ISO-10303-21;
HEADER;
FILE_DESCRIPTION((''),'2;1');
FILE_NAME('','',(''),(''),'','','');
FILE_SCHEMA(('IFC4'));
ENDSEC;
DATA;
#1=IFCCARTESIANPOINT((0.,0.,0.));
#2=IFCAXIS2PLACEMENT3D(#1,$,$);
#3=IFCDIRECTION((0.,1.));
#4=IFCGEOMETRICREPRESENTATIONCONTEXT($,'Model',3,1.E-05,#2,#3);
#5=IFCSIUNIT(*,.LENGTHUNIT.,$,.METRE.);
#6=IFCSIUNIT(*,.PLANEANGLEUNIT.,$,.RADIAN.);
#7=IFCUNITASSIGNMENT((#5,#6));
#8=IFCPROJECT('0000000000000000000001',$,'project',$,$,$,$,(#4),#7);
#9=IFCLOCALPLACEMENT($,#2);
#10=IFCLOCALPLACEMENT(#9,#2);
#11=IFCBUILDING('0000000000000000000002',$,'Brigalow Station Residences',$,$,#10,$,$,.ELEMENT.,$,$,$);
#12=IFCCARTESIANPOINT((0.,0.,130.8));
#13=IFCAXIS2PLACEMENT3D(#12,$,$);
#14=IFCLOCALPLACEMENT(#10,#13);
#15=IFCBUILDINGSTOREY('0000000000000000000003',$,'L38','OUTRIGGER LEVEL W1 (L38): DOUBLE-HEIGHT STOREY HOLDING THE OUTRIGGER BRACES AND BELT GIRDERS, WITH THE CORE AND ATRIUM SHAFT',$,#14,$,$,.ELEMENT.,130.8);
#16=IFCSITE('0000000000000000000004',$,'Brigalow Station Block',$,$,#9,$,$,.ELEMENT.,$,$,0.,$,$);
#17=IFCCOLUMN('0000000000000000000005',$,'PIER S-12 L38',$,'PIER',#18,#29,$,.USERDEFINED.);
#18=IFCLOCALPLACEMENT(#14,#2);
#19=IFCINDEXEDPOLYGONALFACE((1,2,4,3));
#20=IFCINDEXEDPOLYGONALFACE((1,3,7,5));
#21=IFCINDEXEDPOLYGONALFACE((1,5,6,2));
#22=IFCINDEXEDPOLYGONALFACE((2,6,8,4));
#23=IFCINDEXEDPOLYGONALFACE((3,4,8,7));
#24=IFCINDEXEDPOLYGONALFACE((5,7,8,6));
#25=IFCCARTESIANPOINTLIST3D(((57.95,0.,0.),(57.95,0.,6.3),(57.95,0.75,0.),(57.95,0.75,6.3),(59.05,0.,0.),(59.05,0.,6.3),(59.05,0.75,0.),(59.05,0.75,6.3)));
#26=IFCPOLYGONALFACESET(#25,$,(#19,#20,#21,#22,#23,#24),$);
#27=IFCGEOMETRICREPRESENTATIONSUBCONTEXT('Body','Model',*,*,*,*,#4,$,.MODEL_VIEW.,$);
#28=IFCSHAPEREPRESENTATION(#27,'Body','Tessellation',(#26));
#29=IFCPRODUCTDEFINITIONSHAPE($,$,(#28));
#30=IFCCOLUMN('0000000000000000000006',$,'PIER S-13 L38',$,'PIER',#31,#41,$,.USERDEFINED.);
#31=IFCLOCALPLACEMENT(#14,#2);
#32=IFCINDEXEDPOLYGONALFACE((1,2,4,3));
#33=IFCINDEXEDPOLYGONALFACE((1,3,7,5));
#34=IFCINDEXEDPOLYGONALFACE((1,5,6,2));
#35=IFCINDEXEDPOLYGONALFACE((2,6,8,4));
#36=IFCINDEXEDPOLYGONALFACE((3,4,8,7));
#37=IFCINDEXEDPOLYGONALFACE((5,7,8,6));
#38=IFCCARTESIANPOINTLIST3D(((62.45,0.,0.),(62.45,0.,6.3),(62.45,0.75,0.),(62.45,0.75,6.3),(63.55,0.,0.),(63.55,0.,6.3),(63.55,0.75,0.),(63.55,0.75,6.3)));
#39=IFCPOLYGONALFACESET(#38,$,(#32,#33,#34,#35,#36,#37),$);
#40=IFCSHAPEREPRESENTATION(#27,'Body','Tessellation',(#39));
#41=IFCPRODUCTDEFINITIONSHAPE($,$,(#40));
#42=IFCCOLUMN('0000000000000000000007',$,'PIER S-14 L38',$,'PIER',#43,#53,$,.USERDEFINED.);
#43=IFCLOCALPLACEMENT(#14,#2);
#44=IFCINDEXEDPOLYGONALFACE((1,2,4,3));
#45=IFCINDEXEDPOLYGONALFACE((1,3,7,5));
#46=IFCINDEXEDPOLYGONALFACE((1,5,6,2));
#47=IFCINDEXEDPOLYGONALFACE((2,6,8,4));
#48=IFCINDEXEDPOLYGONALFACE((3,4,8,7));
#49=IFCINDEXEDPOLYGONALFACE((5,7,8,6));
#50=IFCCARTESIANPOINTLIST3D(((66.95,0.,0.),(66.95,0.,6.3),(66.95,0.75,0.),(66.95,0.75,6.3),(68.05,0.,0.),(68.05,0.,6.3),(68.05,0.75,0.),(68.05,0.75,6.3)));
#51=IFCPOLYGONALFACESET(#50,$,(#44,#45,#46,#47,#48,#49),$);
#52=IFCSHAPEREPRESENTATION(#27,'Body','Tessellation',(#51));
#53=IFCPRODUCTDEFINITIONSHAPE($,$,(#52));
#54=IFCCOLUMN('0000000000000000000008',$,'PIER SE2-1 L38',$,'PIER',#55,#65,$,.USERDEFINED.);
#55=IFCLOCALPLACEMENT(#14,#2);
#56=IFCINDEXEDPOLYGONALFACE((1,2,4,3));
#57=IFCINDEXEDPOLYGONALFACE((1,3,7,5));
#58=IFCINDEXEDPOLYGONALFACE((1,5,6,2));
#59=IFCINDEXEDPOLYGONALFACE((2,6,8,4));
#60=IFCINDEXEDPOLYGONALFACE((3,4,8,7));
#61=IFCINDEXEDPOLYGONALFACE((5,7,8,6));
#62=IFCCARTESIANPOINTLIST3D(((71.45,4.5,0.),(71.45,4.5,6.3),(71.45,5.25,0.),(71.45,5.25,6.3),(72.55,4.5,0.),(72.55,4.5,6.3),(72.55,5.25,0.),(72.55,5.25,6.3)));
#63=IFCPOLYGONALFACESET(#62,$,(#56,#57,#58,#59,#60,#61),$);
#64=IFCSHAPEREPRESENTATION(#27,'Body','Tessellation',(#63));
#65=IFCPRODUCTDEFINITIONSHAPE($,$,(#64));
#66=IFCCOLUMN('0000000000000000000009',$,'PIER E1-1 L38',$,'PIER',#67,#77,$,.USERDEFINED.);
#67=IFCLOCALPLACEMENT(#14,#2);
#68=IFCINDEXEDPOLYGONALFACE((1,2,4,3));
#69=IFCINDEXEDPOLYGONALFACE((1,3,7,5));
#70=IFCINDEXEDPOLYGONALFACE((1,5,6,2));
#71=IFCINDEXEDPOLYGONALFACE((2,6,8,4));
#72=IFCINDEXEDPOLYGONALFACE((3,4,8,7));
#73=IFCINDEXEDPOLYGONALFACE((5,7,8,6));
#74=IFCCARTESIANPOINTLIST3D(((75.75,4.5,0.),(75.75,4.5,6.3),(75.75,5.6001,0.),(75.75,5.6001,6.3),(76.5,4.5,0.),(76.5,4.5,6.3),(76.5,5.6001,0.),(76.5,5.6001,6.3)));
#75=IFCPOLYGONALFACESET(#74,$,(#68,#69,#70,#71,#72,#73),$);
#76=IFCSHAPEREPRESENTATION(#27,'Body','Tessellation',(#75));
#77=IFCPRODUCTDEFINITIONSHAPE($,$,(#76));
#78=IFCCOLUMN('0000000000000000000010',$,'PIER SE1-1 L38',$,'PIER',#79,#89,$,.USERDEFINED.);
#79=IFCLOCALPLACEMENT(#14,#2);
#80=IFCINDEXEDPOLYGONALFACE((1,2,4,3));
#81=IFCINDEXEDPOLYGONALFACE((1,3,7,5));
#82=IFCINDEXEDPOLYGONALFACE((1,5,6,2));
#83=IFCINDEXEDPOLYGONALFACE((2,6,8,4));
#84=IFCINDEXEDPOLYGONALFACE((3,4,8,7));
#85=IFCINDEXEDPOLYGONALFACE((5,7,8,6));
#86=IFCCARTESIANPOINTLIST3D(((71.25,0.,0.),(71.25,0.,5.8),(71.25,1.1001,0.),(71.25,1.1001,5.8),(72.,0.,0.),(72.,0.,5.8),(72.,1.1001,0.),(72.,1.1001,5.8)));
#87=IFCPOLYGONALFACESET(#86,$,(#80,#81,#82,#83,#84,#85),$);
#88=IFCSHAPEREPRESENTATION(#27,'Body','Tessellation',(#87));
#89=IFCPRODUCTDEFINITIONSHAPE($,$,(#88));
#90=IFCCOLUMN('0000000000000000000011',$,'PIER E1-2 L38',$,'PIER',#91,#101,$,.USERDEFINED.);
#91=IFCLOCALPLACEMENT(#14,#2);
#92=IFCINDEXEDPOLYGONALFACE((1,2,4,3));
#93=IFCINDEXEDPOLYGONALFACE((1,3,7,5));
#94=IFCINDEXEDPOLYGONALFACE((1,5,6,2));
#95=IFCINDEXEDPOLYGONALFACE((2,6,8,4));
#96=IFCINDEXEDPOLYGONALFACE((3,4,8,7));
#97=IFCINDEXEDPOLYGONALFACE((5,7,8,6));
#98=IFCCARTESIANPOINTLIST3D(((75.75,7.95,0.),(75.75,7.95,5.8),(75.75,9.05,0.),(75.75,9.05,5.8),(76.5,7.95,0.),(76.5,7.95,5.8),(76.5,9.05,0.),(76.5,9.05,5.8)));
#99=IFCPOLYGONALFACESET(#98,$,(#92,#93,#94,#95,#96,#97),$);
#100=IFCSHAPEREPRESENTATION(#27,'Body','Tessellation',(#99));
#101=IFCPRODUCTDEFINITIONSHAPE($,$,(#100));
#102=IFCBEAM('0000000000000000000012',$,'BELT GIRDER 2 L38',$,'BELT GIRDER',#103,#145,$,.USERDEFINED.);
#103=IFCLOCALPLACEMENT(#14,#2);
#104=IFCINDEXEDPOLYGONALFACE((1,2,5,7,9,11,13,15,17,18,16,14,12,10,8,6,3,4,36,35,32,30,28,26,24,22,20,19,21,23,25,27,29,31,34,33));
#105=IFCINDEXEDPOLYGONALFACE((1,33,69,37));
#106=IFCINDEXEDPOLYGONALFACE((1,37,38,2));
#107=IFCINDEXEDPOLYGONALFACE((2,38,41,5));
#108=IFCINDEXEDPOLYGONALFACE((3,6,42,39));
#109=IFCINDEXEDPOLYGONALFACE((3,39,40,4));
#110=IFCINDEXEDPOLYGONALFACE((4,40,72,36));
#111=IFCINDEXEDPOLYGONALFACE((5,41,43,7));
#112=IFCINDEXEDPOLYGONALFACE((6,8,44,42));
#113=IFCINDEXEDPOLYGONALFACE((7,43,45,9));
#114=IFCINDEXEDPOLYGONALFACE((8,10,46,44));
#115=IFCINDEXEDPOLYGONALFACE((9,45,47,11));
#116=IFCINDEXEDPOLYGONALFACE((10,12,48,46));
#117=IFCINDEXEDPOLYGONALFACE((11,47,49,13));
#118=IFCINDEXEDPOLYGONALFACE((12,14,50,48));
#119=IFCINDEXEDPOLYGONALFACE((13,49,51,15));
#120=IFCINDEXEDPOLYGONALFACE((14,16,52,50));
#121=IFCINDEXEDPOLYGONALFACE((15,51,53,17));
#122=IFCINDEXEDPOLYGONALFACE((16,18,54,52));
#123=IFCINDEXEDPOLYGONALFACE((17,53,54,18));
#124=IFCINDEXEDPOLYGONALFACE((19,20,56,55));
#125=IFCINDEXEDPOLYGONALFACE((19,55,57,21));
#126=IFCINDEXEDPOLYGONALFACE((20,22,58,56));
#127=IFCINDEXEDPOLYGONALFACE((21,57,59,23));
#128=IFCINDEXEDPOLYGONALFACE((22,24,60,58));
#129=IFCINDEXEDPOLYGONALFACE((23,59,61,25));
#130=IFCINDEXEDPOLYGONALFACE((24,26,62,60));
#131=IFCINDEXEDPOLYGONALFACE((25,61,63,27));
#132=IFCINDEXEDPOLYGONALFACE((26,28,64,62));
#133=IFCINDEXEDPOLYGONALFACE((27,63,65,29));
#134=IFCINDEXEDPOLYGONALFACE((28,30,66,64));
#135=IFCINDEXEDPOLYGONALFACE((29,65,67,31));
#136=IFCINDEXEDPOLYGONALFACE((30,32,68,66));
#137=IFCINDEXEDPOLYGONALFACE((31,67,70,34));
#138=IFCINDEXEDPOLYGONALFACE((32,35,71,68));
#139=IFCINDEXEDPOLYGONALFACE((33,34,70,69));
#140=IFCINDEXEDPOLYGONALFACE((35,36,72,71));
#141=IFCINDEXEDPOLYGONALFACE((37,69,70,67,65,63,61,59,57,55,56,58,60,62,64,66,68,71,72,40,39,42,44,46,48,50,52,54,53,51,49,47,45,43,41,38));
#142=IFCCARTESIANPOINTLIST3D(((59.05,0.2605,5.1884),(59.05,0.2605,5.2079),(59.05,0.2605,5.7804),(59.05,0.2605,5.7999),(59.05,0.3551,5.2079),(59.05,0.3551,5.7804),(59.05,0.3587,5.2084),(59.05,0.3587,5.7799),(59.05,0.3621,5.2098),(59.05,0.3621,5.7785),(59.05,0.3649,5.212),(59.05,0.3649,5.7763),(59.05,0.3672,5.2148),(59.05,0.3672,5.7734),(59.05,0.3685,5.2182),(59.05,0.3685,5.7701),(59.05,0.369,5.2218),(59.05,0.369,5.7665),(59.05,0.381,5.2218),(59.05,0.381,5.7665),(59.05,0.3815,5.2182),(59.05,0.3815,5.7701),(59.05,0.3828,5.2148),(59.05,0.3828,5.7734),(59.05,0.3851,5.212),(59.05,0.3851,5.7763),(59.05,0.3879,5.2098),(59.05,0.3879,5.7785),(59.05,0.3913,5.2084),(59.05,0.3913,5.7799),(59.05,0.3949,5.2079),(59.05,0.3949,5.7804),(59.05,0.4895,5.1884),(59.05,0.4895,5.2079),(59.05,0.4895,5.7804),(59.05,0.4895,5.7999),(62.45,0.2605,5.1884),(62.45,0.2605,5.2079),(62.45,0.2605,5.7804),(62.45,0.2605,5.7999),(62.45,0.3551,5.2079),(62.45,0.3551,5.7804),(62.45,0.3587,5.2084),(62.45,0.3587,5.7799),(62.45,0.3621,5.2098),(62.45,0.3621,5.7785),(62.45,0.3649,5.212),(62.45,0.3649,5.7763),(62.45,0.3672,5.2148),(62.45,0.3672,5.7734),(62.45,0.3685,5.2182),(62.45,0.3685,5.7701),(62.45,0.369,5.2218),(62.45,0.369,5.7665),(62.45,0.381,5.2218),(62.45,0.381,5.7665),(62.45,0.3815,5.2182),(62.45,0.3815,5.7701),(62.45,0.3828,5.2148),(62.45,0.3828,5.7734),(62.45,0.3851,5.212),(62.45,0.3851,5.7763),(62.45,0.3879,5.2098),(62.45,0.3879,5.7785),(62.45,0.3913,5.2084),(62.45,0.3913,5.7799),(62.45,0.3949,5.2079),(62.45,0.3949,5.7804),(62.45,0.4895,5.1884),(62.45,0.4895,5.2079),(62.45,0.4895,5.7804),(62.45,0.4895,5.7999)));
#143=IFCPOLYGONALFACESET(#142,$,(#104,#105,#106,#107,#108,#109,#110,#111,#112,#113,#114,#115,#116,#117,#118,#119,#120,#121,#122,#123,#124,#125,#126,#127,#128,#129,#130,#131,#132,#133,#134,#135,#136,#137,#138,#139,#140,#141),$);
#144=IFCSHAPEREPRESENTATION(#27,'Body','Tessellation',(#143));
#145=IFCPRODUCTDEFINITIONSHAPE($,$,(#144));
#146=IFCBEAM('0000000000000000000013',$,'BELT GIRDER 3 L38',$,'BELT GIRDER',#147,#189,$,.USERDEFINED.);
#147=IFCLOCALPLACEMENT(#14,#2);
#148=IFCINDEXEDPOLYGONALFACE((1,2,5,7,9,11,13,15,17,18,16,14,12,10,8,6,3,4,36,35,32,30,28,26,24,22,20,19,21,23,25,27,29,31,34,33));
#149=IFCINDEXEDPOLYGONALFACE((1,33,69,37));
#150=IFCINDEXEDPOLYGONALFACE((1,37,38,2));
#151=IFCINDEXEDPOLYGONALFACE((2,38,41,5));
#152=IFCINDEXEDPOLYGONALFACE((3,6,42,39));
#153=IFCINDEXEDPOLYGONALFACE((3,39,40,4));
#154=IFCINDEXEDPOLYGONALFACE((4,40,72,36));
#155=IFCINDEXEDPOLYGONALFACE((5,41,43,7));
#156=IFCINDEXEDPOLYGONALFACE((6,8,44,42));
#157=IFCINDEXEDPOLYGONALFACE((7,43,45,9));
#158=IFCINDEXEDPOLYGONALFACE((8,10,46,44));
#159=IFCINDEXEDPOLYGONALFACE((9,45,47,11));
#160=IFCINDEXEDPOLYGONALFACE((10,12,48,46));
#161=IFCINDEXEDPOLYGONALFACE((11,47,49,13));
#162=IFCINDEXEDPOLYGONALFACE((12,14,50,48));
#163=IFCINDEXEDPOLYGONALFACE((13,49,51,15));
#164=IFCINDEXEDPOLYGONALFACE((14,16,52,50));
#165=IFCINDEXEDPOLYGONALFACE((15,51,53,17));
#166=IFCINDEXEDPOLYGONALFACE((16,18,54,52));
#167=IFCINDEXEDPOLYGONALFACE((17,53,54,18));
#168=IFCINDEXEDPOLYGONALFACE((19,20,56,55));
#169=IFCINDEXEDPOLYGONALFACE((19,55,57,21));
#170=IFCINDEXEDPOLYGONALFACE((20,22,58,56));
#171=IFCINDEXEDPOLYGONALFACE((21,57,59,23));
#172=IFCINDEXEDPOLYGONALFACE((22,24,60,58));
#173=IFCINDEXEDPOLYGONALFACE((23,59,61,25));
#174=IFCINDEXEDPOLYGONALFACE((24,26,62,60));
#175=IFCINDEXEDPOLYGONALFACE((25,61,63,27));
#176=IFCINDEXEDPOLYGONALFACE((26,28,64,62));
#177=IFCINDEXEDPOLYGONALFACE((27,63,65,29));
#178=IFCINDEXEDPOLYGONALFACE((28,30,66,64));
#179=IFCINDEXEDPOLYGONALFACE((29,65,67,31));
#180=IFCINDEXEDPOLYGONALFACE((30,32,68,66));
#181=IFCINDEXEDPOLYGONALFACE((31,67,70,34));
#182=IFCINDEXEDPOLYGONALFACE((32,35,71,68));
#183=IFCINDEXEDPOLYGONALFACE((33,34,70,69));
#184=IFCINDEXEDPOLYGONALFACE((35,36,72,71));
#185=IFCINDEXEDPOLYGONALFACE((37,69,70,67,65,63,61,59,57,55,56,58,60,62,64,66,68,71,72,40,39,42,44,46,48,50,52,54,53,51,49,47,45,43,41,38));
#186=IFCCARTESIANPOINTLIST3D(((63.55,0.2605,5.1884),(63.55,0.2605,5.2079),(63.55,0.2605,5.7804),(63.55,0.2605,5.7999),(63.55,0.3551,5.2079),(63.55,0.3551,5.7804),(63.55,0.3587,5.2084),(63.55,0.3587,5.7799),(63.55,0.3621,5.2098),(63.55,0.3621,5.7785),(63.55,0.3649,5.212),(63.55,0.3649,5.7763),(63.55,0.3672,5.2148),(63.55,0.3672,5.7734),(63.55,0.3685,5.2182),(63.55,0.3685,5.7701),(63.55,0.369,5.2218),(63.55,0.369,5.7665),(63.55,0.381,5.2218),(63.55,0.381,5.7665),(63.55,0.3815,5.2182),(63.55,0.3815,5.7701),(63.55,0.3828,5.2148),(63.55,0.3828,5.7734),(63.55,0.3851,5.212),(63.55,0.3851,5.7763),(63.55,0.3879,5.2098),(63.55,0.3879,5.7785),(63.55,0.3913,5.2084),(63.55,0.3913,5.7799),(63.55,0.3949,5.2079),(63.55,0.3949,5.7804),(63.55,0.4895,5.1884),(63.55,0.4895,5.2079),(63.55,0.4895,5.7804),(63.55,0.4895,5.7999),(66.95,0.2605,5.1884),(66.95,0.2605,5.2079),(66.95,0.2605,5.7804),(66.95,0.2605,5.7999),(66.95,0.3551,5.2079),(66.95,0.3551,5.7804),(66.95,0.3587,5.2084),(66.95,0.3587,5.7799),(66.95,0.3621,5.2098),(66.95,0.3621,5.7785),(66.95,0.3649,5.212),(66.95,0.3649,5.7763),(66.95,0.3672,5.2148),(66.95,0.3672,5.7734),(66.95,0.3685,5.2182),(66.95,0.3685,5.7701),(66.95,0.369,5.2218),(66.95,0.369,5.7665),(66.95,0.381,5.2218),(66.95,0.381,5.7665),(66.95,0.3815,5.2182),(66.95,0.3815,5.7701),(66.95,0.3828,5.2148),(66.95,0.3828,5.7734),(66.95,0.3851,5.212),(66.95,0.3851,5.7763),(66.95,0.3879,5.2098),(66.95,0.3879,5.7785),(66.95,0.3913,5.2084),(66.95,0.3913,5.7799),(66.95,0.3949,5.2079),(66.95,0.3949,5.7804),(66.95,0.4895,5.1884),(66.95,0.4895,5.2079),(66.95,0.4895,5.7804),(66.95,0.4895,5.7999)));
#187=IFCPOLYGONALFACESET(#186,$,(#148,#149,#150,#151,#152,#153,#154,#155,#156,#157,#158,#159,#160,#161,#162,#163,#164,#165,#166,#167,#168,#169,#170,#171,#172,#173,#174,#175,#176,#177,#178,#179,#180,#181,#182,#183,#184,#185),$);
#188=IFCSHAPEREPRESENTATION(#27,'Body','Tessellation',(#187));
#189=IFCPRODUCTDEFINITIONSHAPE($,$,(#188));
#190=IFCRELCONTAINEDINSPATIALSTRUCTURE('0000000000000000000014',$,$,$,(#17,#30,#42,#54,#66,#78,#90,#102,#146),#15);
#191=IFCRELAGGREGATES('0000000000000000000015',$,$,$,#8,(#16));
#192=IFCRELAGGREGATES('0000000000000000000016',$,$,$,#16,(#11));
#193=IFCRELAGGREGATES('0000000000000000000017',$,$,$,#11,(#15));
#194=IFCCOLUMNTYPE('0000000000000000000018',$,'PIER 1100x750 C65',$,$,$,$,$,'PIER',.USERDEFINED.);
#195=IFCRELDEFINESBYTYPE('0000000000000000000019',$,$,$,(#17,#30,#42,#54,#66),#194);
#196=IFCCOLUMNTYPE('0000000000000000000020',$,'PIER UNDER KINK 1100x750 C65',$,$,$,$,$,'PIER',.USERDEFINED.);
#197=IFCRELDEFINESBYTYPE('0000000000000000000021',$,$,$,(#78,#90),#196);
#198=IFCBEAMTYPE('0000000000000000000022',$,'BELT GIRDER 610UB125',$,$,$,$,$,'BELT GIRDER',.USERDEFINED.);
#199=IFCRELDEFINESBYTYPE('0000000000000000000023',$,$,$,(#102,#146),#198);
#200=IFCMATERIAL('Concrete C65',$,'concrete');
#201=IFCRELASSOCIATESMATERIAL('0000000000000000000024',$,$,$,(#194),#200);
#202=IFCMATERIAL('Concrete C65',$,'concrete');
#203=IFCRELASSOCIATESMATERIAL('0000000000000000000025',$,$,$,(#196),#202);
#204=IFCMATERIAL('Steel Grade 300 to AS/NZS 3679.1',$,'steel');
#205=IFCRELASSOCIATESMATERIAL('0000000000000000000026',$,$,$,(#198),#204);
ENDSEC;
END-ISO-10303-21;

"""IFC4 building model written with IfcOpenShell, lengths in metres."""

from ifc_helpers import new_model, si_unit, direction, frame, origin, origin_2d, place, context, subcontext, project, spatial, rectangle, i_section, extrude, material, material_profile, profile_set, type_object, element, save


model = new_model("IFC4")

# Units and contexts
model_context = context("Model", 3, precision=1e-05, world=origin(), true_north=direction((0.0, 1.0)))
body_context = subcontext(model_context, "Body", "Model", "MODEL_VIEW")
ifc_project = project(units=[si_unit("LENGTHUNIT", "METRE"), si_unit("PLANEANGLEUNIT", "RADIAN")], contexts=[model_context])

# Site, building, storey
site_placement = place(None, origin())
site = spatial("IfcSite", under=ifc_project, at=site_placement, Name="Brigalow Station Block", CompositionType="ELEMENT", RefElevation=0.0)
building_placement = place(site_placement, origin())
building = spatial("IfcBuilding", under=site, at=building_placement, Name="Brigalow Station Residences", CompositionType="ELEMENT")
storey_placement = place(building_placement, frame((0.0, 0.0, 130.8)))
storey = spatial("IfcBuildingStorey", under=building, at=storey_placement, Name="L38", Description="OUTRIGGER LEVEL W1 (L38): DOUBLE-HEIGHT STOREY HOLDING THE OUTRIGGER BRACES AND BELT GIRDERS, WITH THE CORE AND ATRIUM SHAFT", CompositionType="ELEMENT", Elevation=130.8)

# Columns
ifc_material_1 = material(Name="Concrete C65", Category="concrete")
ifc_material_profile_1 = material_profile(ifc_material_1, rectangle(XDim=1.1001, YDim=0.75, at=origin_2d()), Name="RC1100x750")
ifc_profile_set_1 = profile_set([ifc_material_profile_1], Name="Concrete C65")
column_type_1 = type_object("IfcColumnType", Name="PIER 1100x750 C65", ElementType="PIER", PredefinedType="USERDEFINED", material=ifc_profile_set_1)
for number, where, z_axis, x_axis, name in (
    (1, (58.5, 0.375, 0.0), (0.0, 0.0, 1.0), (1.0, 0.0, 0.0), "PIER S-12 L38"),
    (2, (63.0, 0.375, 0.0), (0.0, 0.0, 1.0), (1.0, 0.0, 0.0), "PIER S-13 L38"),
    (3, (67.5, 0.375, 0.0), (0.0, 0.0, 1.0), (1.0, 0.0, 0.0), "PIER S-14 L38"),
    (4, (72.0, 4.875, 0.0), (0.0, 0.0, 1.0), (1.0, 0.0, 0.0), "PIER SE2-1 L38"),
    (5, (76.125, 5.05, 0.0), (0.0, 0.0, 1.0), (0.0, 1.0, 0.0), "PIER E1-1 L38"),
):
    element("IfcColumn", number, at=place(storey_placement, frame(where, z_axis=z_axis, x_axis=x_axis)), inside=storey, type_object=column_type_1, Name=name, ObjectType="PIER", PredefinedType="USERDEFINED", context=body_context, shape_type="SweptSolid", body=[
        extrude(rectangle(XDim=1.1001, YDim=0.75, at=origin_2d()), origin(), (0.0, 0.0, 1.0), 6.3),
    ])
ifc_material_2 = material(Name="Concrete C65", Category="concrete")
ifc_material_profile_2 = material_profile(ifc_material_2, rectangle(XDim=1.1001, YDim=0.75, at=origin_2d()), Name="RC1100x750")
ifc_profile_set_2 = profile_set([ifc_material_profile_2], Name="Concrete C65")
column_type_2 = type_object("IfcColumnType", Name="PIER UNDER KINK 1100x750 C65", ElementType="PIER", PredefinedType="USERDEFINED", material=ifc_profile_set_2)
for number, where, z_axis, x_axis, name in (
    (6, (71.625, 0.55, 0.0), (0.0, 0.0, 1.0), (0.0, 1.0, 0.0), "PIER SE1-1 L38"),
    (7, (76.125, 8.5, 0.0), (0.0, 0.0, 1.0), (0.0, 1.0, 0.0), "PIER E1-2 L38"),
):
    element("IfcColumn", number, at=place(storey_placement, frame(where, z_axis=z_axis, x_axis=x_axis)), inside=storey, type_object=column_type_2, Name=name, ObjectType="PIER", PredefinedType="USERDEFINED", context=body_context, shape_type="SweptSolid", body=[
        extrude(rectangle(XDim=1.1001, YDim=0.75, at=origin_2d()), origin(), (0.0, 0.0, 1.0), 5.8),
    ])

# Beams
ifc_material_3 = material(Name="Steel Grade 300 to AS/NZS 3679.1", Category="steel")
ifc_material_profile_3 = material_profile(ifc_material_3, i_section(OverallWidth=0.229, OverallDepth=0.6116, WebThickness=0.012, FlangeThickness=0.0195, FilletRadius=0.0139, at=origin_2d()), Name="610UB125")
ifc_profile_set_3 = profile_set([ifc_material_profile_3], Name="Steel Grade 300 to AS/NZS 3679.1")
beam_type = type_object("IfcBeamType", Name="BELT GIRDER 610UB125", ElementType="BELT GIRDER", PredefinedType="USERDEFINED", material=ifc_profile_set_3)
for number, where, z_axis, x_axis, name in (
    (8, (59.05, 0.375, 5.4941), (1.0, 0.0, 0.0), (0.0, 1.0, 0.0), "BELT GIRDER 2 L38"),
    (9, (63.55, 0.375, 5.4941), (1.0, 0.0, 0.0), (0.0, 1.0, 0.0), "BELT GIRDER 3 L38"),
):
    element("IfcBeam", number, at=place(storey_placement, frame(where, z_axis=z_axis, x_axis=x_axis)), inside=storey, type_object=beam_type, Name=name, ObjectType="BELT GIRDER", PredefinedType="USERDEFINED", context=body_context, shape_type="SweptSolid", body=[
        extrude(i_section(OverallWidth=0.229, OverallDepth=0.6116, WebThickness=0.012, FlangeThickness=0.0195, FilletRadius=0.0139, at=origin_2d()), origin(), (0.0, 0.0, 1.0), 3.3999),
    ])

save(model, "model.ifc")
